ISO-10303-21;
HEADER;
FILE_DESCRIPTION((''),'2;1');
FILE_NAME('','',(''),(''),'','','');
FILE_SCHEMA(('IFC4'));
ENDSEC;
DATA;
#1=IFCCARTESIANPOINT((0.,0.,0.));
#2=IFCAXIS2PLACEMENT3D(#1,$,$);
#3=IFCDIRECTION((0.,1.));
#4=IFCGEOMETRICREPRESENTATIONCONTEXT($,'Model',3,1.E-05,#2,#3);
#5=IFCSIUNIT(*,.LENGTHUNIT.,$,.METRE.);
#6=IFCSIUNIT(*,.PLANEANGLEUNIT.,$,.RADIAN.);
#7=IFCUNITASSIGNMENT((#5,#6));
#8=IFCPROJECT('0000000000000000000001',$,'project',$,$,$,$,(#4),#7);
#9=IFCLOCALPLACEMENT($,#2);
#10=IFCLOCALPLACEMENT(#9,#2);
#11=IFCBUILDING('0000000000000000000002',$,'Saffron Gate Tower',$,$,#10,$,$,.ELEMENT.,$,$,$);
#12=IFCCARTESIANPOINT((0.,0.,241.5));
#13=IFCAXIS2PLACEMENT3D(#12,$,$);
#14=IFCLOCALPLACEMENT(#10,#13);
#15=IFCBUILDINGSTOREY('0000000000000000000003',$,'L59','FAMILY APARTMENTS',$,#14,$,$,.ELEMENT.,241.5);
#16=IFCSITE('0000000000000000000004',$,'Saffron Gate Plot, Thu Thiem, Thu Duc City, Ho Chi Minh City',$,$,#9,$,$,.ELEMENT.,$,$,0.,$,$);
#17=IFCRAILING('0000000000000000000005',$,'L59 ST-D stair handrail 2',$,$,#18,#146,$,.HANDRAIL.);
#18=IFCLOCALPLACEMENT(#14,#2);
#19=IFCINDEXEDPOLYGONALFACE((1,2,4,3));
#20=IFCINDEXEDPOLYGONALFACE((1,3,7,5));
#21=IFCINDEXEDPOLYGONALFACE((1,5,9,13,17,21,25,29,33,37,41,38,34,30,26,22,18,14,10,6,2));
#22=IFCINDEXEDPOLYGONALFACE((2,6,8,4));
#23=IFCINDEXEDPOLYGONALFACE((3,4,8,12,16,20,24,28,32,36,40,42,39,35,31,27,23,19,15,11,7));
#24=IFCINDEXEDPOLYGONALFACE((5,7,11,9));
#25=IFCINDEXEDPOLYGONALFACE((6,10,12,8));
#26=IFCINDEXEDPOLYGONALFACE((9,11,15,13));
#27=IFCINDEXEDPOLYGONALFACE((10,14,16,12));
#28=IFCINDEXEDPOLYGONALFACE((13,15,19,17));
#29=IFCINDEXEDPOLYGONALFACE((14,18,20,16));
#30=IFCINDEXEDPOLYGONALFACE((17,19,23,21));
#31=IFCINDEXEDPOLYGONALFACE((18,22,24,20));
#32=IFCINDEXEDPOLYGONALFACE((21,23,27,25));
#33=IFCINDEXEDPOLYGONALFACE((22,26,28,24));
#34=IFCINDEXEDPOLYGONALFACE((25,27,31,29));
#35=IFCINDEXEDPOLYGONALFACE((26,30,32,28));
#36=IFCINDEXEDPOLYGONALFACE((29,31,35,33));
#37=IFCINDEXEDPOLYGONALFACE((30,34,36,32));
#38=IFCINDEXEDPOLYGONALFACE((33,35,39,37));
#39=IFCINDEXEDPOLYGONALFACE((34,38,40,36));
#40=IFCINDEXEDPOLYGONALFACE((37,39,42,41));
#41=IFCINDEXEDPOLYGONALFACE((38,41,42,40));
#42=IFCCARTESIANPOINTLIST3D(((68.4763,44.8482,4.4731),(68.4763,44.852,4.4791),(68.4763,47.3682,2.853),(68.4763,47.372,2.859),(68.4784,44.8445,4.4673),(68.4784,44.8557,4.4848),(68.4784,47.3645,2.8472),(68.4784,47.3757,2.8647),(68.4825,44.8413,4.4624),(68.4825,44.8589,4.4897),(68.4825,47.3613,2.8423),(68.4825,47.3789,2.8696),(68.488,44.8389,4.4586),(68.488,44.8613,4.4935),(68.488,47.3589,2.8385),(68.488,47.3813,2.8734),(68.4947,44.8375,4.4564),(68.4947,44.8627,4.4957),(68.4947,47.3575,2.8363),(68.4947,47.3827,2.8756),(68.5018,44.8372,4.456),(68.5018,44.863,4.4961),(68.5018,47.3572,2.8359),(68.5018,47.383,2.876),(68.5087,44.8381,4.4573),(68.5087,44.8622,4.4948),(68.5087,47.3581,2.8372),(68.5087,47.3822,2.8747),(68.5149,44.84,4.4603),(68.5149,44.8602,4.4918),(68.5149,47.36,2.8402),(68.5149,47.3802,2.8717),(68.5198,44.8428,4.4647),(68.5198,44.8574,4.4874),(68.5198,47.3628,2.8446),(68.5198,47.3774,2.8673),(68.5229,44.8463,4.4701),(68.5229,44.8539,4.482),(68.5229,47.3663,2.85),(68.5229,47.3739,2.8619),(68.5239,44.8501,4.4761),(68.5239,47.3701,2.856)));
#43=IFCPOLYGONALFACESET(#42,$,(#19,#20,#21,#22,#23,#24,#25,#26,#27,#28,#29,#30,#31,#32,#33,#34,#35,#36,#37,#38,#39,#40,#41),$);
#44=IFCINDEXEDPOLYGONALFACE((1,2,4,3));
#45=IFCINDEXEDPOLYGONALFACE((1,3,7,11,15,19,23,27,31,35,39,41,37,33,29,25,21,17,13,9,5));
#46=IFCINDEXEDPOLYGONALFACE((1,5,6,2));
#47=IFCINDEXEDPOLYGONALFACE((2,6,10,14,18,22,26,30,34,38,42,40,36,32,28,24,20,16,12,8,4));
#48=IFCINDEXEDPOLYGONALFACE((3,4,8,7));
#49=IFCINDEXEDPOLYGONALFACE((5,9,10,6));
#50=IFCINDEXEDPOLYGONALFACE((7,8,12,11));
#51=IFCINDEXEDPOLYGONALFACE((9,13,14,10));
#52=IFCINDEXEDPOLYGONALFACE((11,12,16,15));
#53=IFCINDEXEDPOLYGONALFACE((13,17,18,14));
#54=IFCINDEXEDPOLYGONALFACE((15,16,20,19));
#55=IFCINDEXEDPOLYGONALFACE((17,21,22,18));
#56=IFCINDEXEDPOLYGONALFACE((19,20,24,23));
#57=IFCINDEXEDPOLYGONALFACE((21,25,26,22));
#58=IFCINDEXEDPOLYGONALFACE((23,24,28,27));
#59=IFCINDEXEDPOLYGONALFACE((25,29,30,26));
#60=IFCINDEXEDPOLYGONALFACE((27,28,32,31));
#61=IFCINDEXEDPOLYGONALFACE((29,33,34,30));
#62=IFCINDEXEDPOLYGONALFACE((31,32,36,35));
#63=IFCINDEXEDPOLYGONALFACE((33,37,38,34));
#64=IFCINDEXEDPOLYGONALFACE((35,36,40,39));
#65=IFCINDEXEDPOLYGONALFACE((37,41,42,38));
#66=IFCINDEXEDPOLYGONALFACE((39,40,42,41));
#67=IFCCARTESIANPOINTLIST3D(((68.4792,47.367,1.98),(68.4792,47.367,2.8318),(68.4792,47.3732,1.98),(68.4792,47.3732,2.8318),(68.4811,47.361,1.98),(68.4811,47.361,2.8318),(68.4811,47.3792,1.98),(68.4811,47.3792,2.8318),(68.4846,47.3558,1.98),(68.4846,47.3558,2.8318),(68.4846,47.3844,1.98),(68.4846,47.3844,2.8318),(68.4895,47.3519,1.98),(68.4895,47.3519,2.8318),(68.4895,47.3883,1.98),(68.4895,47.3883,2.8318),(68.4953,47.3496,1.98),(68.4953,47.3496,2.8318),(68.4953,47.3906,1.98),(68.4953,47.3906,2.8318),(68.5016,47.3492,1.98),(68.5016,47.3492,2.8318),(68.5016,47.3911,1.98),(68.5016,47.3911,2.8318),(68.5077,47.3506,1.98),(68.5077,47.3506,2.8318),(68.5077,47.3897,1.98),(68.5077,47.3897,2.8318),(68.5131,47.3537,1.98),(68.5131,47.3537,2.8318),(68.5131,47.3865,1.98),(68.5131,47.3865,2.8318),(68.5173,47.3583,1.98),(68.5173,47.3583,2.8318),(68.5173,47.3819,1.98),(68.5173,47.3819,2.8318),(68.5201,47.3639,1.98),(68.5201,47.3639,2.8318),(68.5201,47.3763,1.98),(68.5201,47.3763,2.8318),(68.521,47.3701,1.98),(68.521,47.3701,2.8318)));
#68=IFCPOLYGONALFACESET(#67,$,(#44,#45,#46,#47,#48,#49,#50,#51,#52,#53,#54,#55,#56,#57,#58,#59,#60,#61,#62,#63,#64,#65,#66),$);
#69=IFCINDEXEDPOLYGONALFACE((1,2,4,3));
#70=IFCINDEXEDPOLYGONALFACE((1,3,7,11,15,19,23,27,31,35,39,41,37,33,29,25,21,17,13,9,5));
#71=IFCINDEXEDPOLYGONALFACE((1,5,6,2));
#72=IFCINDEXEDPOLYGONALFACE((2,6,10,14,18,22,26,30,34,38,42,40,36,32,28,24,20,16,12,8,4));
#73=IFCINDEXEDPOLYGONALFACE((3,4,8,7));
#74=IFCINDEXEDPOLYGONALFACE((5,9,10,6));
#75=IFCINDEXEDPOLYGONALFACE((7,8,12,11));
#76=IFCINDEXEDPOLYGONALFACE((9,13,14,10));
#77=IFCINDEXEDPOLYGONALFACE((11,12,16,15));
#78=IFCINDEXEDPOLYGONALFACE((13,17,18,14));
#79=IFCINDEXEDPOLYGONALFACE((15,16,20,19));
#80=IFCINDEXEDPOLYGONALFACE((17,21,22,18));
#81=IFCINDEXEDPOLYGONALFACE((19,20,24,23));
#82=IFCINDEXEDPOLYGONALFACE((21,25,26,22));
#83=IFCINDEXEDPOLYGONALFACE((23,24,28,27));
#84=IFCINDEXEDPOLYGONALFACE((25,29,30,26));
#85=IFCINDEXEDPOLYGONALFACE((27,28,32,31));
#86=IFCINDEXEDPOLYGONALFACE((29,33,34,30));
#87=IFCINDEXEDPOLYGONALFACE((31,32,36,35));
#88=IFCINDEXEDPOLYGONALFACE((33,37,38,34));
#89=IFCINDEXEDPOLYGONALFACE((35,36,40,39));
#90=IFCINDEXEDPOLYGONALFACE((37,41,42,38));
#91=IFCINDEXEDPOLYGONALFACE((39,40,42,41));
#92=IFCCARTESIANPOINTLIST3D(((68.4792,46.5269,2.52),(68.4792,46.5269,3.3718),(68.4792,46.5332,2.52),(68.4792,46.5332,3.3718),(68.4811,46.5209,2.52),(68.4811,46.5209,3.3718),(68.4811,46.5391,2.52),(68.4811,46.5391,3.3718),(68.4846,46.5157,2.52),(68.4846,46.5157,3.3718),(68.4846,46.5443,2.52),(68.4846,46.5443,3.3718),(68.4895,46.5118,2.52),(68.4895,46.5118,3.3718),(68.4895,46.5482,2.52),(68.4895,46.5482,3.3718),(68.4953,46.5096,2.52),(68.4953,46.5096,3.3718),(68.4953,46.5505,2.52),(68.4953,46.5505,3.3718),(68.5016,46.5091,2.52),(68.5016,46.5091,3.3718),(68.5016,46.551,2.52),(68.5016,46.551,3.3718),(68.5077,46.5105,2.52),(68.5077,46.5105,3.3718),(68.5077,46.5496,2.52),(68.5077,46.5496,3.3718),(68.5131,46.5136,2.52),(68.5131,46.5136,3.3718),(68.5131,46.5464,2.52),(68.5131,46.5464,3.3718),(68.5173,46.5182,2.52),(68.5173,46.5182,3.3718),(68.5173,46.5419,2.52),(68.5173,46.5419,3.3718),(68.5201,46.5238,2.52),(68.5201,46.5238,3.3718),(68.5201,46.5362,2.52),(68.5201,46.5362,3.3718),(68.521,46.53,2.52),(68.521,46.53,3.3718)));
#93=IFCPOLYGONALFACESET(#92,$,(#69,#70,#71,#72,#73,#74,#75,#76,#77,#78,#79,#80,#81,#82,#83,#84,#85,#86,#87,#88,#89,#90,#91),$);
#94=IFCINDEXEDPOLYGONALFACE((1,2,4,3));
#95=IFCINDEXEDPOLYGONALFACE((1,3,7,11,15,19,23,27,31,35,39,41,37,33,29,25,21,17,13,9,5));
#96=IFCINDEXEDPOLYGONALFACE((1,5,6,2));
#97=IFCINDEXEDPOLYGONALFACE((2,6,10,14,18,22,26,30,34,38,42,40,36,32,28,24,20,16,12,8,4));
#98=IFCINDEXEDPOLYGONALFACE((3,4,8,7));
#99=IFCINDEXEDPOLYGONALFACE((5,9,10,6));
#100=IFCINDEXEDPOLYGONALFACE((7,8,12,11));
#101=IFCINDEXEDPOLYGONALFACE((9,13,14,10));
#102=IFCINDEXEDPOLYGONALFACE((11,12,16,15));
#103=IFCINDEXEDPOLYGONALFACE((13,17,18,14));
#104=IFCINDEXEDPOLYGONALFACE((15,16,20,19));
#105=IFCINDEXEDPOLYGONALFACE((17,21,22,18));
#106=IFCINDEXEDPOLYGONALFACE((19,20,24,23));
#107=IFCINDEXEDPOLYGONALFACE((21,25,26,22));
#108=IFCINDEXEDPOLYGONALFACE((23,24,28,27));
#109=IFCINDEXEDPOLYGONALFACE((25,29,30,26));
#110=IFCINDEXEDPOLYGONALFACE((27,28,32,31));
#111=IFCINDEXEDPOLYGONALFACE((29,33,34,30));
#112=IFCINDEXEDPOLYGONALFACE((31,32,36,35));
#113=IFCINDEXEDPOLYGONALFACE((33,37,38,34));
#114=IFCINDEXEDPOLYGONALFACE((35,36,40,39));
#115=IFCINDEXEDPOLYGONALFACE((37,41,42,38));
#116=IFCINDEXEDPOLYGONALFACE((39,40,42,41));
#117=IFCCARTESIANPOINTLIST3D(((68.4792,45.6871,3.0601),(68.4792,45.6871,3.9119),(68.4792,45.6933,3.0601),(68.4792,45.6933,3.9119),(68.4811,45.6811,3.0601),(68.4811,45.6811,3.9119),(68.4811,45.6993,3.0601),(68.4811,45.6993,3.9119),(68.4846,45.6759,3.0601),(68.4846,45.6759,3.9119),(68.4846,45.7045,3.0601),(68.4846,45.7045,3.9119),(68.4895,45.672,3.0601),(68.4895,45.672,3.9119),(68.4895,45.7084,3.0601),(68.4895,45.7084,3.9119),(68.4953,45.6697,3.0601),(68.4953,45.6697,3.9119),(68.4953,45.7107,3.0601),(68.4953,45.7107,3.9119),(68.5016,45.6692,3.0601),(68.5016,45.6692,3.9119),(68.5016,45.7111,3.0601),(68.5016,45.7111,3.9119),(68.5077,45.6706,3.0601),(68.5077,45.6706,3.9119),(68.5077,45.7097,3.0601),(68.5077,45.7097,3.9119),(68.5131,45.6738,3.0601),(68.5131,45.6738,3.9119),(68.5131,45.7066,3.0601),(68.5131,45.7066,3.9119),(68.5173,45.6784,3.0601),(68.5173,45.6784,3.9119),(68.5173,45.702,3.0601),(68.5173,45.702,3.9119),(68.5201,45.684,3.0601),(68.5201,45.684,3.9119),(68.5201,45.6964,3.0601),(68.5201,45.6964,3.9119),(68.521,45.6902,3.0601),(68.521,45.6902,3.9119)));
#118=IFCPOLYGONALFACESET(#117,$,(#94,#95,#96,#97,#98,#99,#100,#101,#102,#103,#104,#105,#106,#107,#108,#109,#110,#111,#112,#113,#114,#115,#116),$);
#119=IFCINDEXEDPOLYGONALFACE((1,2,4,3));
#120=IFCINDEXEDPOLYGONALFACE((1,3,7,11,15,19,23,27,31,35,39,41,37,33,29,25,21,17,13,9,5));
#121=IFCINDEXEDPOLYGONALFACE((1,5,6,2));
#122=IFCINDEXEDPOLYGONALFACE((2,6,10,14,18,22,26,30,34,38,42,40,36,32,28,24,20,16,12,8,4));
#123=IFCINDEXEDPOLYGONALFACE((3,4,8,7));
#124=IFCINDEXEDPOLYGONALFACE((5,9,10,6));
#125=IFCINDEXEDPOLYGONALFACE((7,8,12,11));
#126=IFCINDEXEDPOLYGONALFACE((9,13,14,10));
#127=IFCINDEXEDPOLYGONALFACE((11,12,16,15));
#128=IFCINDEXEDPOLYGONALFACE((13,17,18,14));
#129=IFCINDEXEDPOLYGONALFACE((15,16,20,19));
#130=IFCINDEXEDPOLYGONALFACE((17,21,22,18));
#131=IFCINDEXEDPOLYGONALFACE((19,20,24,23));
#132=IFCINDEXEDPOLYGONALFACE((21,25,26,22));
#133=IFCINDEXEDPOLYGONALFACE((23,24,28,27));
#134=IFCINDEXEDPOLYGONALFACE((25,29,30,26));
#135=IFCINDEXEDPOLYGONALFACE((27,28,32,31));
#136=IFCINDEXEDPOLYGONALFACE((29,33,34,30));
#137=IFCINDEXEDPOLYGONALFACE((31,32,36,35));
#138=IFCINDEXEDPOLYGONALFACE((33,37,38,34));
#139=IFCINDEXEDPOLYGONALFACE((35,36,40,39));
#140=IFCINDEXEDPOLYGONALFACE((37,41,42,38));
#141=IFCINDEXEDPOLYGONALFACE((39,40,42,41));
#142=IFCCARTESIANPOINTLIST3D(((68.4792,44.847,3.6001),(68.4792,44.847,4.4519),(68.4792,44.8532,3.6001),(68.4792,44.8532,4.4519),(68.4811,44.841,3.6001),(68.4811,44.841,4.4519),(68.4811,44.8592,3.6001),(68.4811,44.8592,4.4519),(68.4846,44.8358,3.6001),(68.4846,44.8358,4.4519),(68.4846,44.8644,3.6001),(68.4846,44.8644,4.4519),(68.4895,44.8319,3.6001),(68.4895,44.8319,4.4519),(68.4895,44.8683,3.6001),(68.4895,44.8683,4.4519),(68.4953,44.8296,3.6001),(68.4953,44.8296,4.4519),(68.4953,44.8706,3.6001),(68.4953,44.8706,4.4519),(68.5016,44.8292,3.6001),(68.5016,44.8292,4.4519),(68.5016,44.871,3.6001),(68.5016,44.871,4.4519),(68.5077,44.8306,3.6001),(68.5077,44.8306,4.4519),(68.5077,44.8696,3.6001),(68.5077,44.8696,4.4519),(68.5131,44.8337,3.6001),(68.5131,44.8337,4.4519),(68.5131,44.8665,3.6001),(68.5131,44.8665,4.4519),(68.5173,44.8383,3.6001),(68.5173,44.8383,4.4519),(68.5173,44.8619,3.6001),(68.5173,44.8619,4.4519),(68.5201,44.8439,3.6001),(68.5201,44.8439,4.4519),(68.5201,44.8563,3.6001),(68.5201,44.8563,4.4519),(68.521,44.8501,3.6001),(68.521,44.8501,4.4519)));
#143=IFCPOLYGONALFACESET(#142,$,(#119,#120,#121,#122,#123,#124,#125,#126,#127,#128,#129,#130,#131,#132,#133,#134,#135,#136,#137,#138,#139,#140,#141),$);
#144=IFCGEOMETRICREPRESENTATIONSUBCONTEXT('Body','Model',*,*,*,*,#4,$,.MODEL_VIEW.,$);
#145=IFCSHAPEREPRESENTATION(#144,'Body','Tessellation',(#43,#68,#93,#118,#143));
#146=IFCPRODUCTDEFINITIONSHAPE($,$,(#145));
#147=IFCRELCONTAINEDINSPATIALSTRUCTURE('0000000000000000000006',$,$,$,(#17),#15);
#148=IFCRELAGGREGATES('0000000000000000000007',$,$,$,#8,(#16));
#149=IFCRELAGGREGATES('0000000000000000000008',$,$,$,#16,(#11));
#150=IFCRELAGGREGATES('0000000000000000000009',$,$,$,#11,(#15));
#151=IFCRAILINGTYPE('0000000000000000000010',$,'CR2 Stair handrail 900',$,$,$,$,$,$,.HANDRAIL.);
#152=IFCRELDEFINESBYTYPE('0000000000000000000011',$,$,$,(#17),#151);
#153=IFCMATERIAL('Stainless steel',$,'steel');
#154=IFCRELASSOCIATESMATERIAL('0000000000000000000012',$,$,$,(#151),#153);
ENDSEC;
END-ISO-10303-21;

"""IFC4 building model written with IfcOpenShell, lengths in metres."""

from ifc_helpers import new_model, si_unit, direction, frame, origin, origin_2d, place, context, subcontext, project, spatial, circle, extrude, material, type_object, element, save


model = new_model("IFC4")

# Units and contexts
model_context = context("Model", 3, precision=1e-05, world=origin(), true_north=direction((0.0, 1.0)))
body_context = subcontext(model_context, "Body", "Model", "MODEL_VIEW")
ifc_project = project(units=[si_unit("LENGTHUNIT", "METRE"), si_unit("PLANEANGLEUNIT", "RADIAN")], contexts=[model_context])

# Site, building, storey
site_placement = place(None, origin())
site = spatial("IfcSite", under=ifc_project, at=site_placement, Name="Saffron Gate Plot, Thu Thiem, Thu Duc City, Ho Chi Minh City", CompositionType="ELEMENT", RefElevation=0.0)
building_placement = place(site_placement, origin())
building = spatial("IfcBuilding", under=site, at=building_placement, Name="Saffron Gate Tower", CompositionType="ELEMENT")
storey_placement = place(building_placement, frame((0.0, 0.0, 241.5)))
storey = spatial("IfcBuildingStorey", under=building, at=storey_placement, Name="L59", Description="FAMILY APARTMENTS", CompositionType="ELEMENT", Elevation=241.5)

# Railing
ifc_material_1 = material(Name="Stainless steel", Category="steel")
railing_type_1 = type_object("IfcRailingType", Name="CR2 Stair handrail 900", PredefinedType="HANDRAIL", material=ifc_material_1)
railing_1_placement = place(storey_placement, frame((68.5, 47.3701, 1.98)))
element("IfcRailing", 1, at=railing_1_placement, inside=storey, type_object=railing_type_1, Name="L59 ST-D stair handrail 2", PredefinedType="HANDRAIL", context=body_context, shape_type="SweptSolid", body=[
    extrude(circle(Radius=0.0239, at=origin_2d()), frame((0.0, 0.0, 0.876), z_axis=(0.0, -0.841163, 0.540782), x_axis=(1.0, 0.0, 0.0)), (0.0, 0.0, 1.0), 2.9958),
    extrude(circle(Radius=0.021, at=origin_2d()), origin(), (0.0, 0.0, 1.0), 0.8518),
    extrude(circle(Radius=0.021, at=origin_2d()), frame((0.0, -0.8401, 0.54)), (0.0, 0.0, 1.0), 0.8518),
    extrude(circle(Radius=0.021, at=origin_2d()), frame((0.0, -1.6799, 1.0801)), (0.0, 0.0, 1.0), 0.8518),
    extrude(circle(Radius=0.021, at=origin_2d()), frame((0.0, -2.52, 1.6201)), (0.0, 0.0, 1.0), 0.8518),
])

save(model, "model.ifc")
